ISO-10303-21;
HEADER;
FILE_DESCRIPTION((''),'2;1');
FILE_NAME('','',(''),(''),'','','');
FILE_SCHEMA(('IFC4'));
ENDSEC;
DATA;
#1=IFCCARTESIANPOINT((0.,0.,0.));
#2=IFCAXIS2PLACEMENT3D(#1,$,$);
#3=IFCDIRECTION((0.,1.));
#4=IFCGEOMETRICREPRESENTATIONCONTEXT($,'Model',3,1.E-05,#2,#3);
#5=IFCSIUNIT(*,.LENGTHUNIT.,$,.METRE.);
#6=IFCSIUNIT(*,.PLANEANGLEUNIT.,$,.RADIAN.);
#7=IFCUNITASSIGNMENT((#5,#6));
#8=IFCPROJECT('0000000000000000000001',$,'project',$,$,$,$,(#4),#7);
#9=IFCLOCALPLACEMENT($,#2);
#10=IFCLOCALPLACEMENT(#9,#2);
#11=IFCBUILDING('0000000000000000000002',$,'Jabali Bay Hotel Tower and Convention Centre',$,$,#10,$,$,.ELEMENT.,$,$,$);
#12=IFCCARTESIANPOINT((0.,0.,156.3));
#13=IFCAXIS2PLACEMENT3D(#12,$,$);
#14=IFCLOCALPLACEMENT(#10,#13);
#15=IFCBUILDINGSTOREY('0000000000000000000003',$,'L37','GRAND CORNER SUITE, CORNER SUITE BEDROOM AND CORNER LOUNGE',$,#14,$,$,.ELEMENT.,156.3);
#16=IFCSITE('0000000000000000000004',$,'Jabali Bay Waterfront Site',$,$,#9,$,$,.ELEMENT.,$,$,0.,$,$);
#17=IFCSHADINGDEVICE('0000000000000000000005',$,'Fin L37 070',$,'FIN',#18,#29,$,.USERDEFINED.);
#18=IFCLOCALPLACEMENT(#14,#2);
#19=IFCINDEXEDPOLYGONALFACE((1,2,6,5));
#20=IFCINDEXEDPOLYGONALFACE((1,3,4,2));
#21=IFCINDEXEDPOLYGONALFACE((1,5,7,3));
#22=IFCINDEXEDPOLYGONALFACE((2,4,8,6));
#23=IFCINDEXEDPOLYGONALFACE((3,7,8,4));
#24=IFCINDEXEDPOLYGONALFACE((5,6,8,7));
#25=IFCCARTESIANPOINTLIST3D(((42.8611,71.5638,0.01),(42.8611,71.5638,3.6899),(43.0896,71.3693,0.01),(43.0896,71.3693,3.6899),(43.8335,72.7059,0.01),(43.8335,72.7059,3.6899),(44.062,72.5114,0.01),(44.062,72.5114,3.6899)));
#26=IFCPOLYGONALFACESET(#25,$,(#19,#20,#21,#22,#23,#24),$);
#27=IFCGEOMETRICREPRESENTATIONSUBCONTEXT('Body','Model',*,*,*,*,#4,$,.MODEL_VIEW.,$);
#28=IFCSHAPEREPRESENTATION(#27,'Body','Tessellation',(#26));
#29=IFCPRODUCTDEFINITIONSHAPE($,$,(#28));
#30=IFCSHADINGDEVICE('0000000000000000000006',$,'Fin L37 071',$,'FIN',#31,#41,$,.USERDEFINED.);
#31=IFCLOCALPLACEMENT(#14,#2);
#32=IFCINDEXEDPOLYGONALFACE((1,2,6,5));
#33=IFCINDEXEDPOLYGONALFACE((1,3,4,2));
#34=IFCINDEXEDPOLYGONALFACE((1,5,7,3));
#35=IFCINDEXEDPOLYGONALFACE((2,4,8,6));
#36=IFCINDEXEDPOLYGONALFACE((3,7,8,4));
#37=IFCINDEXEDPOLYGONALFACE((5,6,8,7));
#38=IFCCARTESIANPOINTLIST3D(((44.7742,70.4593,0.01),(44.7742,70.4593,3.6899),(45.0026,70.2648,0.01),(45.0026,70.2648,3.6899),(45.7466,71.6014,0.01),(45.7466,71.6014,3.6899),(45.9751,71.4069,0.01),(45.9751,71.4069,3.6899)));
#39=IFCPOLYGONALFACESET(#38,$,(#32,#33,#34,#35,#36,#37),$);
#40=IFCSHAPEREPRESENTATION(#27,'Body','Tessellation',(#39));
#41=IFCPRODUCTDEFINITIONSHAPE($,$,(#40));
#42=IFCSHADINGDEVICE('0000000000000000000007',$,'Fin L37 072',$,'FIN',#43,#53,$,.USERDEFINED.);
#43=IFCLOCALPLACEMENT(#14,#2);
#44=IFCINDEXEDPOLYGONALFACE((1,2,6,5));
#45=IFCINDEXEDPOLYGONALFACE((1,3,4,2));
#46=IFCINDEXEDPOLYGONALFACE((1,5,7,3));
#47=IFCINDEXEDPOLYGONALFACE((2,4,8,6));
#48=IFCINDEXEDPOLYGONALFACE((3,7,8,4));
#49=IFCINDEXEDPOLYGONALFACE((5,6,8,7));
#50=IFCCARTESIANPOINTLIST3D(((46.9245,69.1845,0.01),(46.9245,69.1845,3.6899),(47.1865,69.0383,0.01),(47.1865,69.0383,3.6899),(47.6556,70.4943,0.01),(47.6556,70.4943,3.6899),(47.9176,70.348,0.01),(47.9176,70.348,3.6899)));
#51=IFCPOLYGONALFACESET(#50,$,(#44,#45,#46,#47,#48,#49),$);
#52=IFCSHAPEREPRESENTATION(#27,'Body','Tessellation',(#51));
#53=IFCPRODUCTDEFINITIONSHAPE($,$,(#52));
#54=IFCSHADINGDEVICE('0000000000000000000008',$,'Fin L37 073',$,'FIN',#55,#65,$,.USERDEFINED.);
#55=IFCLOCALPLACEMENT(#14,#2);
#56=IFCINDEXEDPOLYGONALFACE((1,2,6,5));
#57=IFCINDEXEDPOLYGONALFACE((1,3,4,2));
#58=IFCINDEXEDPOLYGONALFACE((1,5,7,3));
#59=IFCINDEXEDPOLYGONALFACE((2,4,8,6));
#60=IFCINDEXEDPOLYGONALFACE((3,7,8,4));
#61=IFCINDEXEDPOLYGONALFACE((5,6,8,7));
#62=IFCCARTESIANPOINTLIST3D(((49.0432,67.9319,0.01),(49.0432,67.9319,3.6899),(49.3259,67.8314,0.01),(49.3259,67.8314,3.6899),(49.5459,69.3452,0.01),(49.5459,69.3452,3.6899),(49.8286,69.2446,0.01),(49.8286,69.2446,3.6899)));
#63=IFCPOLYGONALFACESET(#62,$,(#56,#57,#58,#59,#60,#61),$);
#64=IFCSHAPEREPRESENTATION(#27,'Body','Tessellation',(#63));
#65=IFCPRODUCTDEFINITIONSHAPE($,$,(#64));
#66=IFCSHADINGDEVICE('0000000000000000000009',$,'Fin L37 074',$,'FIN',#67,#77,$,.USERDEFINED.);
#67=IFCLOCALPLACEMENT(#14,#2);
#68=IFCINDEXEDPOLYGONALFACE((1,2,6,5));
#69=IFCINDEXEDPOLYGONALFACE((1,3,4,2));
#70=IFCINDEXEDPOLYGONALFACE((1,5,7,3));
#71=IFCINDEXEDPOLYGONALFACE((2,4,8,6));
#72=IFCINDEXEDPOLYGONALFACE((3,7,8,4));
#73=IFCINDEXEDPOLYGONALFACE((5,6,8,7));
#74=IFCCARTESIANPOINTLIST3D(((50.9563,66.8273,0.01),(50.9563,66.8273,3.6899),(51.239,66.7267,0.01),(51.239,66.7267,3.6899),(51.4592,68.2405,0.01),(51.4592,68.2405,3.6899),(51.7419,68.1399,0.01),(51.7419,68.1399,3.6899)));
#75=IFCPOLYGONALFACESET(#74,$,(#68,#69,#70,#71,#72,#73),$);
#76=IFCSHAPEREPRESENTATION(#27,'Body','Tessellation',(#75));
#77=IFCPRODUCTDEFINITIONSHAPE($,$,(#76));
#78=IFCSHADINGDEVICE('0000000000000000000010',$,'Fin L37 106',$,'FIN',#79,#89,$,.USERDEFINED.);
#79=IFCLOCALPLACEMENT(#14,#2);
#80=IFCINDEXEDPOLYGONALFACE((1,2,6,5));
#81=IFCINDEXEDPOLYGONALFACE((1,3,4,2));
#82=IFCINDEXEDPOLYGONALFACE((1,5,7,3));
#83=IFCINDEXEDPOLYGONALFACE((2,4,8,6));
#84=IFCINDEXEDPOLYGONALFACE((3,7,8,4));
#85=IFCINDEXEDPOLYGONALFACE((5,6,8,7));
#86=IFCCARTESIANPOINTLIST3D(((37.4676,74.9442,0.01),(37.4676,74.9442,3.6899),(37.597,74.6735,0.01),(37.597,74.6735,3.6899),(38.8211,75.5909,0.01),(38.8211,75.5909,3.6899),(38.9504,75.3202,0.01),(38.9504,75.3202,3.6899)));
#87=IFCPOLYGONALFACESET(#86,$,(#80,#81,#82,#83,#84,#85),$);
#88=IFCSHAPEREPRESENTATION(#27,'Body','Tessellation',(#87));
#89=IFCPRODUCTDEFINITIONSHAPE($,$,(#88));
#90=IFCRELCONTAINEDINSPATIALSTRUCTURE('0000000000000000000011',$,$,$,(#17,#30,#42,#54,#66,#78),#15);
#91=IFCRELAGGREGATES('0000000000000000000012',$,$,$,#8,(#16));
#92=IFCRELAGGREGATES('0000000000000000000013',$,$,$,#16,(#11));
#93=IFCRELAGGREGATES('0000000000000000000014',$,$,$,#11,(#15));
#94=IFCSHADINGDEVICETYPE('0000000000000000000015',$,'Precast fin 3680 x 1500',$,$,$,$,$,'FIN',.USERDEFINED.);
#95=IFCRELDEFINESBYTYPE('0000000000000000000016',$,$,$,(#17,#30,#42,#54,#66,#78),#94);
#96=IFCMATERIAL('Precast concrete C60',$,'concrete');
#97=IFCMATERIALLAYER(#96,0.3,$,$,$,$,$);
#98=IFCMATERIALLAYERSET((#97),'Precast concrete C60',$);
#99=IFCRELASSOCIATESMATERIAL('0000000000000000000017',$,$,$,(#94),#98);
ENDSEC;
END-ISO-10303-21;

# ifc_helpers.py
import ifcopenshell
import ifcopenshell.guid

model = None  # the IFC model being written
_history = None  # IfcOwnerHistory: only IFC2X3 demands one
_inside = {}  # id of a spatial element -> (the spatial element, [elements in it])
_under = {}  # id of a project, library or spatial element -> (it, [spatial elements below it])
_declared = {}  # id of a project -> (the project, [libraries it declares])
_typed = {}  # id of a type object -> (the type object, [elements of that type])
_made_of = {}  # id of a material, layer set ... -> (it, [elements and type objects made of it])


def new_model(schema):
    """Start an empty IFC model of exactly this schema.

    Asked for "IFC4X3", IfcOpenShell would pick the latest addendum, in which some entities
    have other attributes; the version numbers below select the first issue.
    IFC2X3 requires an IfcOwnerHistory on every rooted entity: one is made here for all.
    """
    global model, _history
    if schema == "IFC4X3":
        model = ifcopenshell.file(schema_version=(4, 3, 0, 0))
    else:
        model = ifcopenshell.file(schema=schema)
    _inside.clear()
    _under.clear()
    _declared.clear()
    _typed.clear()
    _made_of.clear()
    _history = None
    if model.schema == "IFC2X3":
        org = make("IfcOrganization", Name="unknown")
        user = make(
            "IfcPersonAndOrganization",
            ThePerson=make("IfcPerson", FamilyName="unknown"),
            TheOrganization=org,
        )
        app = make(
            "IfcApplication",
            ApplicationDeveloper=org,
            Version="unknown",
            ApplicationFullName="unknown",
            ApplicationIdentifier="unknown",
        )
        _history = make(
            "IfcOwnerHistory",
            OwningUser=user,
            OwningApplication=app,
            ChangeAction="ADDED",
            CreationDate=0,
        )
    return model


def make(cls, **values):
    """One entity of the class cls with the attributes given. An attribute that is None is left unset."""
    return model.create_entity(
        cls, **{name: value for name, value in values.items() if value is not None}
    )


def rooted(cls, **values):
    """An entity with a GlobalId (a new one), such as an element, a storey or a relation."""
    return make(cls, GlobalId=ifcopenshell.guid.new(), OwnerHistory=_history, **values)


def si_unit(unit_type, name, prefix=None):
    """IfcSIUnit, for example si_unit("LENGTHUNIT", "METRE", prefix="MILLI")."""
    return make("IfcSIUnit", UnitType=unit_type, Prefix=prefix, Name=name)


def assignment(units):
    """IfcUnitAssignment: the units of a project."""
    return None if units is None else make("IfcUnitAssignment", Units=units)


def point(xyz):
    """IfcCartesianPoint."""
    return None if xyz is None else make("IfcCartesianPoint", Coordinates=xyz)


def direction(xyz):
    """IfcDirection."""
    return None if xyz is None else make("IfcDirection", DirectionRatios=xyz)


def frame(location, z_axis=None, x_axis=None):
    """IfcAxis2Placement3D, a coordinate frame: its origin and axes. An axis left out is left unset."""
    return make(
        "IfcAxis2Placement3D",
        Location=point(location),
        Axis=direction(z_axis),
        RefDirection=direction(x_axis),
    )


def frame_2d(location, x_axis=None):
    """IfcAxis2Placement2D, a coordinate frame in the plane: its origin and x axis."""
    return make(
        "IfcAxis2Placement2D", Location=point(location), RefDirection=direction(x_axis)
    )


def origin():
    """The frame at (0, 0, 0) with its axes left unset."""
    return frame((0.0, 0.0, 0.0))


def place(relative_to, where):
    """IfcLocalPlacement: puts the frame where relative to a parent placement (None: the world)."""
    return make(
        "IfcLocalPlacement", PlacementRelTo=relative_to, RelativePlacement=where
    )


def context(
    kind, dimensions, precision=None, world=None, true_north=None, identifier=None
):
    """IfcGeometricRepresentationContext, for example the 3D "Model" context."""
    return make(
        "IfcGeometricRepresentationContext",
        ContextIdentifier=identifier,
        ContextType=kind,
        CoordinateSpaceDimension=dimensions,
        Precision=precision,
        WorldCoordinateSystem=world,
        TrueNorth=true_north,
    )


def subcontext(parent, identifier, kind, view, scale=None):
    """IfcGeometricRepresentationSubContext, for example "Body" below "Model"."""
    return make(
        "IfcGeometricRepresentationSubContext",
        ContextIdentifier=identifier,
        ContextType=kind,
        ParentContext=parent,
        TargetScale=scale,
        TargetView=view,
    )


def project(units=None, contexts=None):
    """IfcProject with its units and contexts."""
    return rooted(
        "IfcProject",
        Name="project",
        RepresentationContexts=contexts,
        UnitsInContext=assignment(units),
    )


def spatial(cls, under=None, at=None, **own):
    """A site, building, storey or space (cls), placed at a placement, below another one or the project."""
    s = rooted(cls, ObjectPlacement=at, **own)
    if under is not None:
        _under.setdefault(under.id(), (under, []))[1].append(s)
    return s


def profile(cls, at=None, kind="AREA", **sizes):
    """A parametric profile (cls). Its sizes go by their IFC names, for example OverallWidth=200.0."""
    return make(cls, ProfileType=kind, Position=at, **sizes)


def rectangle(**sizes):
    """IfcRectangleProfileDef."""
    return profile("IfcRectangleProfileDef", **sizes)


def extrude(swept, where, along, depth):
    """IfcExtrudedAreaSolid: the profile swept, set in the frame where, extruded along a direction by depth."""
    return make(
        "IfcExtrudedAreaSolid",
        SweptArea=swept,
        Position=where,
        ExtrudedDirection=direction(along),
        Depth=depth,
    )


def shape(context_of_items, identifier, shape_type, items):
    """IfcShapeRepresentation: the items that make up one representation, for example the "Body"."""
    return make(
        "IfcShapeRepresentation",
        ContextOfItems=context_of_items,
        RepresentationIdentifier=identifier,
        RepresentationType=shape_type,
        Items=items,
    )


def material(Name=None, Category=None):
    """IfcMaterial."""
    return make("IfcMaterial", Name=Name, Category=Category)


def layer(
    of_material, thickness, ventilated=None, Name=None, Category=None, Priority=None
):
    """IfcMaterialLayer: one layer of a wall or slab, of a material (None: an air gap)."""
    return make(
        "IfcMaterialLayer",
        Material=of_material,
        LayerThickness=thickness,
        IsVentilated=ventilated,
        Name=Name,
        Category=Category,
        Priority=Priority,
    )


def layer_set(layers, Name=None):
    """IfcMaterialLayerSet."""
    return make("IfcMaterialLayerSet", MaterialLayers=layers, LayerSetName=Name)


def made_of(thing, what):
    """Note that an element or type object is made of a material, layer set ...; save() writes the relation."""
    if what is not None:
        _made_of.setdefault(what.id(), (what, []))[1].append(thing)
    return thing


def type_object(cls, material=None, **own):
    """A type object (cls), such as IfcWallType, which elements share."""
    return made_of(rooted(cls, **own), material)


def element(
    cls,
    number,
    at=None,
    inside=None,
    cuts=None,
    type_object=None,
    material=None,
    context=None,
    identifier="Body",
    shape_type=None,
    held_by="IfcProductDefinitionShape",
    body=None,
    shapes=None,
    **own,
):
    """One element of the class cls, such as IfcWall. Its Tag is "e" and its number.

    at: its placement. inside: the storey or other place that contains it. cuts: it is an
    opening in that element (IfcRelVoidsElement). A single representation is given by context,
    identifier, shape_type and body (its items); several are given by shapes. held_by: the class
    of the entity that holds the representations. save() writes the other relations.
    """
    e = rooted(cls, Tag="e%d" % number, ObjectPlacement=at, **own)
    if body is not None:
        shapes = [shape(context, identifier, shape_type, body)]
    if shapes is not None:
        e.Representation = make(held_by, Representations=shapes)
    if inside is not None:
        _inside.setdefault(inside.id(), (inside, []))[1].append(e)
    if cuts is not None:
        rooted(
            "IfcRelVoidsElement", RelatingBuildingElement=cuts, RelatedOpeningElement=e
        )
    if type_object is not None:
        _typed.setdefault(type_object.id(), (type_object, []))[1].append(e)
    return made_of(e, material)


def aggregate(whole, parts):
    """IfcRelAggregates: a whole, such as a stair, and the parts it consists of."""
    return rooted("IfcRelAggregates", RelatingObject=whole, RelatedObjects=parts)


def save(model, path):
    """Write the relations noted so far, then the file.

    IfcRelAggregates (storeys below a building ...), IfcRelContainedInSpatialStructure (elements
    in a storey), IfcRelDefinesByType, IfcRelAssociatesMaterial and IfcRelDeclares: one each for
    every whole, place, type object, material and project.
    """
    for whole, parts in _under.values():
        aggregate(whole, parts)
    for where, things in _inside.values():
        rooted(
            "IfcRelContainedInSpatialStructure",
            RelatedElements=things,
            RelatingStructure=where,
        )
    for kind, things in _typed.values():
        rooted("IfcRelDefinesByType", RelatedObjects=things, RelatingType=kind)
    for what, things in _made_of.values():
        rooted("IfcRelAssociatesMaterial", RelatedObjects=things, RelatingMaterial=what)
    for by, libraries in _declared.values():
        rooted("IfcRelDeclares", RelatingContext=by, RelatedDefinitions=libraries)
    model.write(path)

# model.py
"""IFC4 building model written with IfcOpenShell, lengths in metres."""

from ifc_helpers import new_model, si_unit, direction, frame, frame_2d, origin, place, context, subcontext, project, spatial, rectangle, extrude, material, layer, layer_set, type_object, element, save


model = new_model("IFC4")

# Units and contexts
model_context = context("Model", 3, precision=1e-05, world=origin(), true_north=direction((0.0, 1.0)))
body_context = subcontext(model_context, "Body", "Model", "MODEL_VIEW")
ifc_project = project(units=[si_unit("LENGTHUNIT", "METRE"), si_unit("PLANEANGLEUNIT", "RADIAN")], contexts=[model_context])

# Site, building, storey
site_placement = place(None, origin())
site = spatial("IfcSite", under=ifc_project, at=site_placement, Name="Jabali Bay Waterfront Site", CompositionType="ELEMENT", RefElevation=0.0)
building_placement = place(site_placement, origin())
building = spatial("IfcBuilding", under=site, at=building_placement, Name="Jabali Bay Hotel Tower and Convention Centre", CompositionType="ELEMENT")
storey_placement = place(building_placement, frame((0.0, 0.0, 156.3)))
storey = spatial("IfcBuildingStorey", under=building, at=storey_placement, Name="L37", Description="GRAND CORNER SUITE, CORNER SUITE BEDROOM AND CORNER LOUNGE", CompositionType="ELEMENT", Elevation=156.3)

# Shading devices
ifc_material_1 = material(Name="Precast concrete C60", Category="concrete")
ifc_layer_1 = layer(ifc_material_1, 0.3)
ifc_layer_set_1 = layer_set([ifc_layer_1], Name="Precast concrete C60")
shading_device_type = type_object("IfcShadingDeviceType", Name="Precast fin 3680 x 1500", ElementType="FIN", PredefinedType="USERDEFINED", material=ifc_layer_set_1)
for number, where, z_axis, x_axis, name in (
    (1, (43.9478, 72.6086, 0.01), (0.0, 0.0, 1.0), (-0.648281, -0.761401, 0.0), "Fin L37 070"),
    (2, (45.8608, 71.5042, 0.01), (0.0, 0.0, 1.0), (-0.648281, -0.761401, 0.0), "Fin L37 071"),
    (3, (47.7866, 70.4211, 0.01), (0.0, 0.0, 1.0), (-0.487438, -0.873157, 0.0), "Fin L37 072"),
    (4, (49.6873, 69.2949, 0.01), (0.0, 0.0, 1.0), (-0.335109, -0.942179, 0.0), "Fin L37 073"),
    (5, (51.6006, 68.1902, 0.01), (0.0, 0.0, 1.0), (-0.335305, -0.94211, 0.0), "Fin L37 074"),
    (6, (38.8857, 75.4556, 0.01), (0.0, 0.0, 1.0), (-0.902291, -0.431127, 0.0), "Fin L37 106"),
):
    element("IfcShadingDevice", number, at=place(storey_placement, frame(where, z_axis=z_axis, x_axis=x_axis)), inside=storey, type_object=shading_device_type, Name=name, ObjectType="FIN", PredefinedType="USERDEFINED", context=body_context, shape_type="SweptSolid", body=[
        extrude(rectangle(XDim=1.5, YDim=0.3, at=frame_2d((0.75, 0.0))), origin(), (0.0, 0.0, 1.0), 3.6799),
    ])

save(model, "model.ifc")
